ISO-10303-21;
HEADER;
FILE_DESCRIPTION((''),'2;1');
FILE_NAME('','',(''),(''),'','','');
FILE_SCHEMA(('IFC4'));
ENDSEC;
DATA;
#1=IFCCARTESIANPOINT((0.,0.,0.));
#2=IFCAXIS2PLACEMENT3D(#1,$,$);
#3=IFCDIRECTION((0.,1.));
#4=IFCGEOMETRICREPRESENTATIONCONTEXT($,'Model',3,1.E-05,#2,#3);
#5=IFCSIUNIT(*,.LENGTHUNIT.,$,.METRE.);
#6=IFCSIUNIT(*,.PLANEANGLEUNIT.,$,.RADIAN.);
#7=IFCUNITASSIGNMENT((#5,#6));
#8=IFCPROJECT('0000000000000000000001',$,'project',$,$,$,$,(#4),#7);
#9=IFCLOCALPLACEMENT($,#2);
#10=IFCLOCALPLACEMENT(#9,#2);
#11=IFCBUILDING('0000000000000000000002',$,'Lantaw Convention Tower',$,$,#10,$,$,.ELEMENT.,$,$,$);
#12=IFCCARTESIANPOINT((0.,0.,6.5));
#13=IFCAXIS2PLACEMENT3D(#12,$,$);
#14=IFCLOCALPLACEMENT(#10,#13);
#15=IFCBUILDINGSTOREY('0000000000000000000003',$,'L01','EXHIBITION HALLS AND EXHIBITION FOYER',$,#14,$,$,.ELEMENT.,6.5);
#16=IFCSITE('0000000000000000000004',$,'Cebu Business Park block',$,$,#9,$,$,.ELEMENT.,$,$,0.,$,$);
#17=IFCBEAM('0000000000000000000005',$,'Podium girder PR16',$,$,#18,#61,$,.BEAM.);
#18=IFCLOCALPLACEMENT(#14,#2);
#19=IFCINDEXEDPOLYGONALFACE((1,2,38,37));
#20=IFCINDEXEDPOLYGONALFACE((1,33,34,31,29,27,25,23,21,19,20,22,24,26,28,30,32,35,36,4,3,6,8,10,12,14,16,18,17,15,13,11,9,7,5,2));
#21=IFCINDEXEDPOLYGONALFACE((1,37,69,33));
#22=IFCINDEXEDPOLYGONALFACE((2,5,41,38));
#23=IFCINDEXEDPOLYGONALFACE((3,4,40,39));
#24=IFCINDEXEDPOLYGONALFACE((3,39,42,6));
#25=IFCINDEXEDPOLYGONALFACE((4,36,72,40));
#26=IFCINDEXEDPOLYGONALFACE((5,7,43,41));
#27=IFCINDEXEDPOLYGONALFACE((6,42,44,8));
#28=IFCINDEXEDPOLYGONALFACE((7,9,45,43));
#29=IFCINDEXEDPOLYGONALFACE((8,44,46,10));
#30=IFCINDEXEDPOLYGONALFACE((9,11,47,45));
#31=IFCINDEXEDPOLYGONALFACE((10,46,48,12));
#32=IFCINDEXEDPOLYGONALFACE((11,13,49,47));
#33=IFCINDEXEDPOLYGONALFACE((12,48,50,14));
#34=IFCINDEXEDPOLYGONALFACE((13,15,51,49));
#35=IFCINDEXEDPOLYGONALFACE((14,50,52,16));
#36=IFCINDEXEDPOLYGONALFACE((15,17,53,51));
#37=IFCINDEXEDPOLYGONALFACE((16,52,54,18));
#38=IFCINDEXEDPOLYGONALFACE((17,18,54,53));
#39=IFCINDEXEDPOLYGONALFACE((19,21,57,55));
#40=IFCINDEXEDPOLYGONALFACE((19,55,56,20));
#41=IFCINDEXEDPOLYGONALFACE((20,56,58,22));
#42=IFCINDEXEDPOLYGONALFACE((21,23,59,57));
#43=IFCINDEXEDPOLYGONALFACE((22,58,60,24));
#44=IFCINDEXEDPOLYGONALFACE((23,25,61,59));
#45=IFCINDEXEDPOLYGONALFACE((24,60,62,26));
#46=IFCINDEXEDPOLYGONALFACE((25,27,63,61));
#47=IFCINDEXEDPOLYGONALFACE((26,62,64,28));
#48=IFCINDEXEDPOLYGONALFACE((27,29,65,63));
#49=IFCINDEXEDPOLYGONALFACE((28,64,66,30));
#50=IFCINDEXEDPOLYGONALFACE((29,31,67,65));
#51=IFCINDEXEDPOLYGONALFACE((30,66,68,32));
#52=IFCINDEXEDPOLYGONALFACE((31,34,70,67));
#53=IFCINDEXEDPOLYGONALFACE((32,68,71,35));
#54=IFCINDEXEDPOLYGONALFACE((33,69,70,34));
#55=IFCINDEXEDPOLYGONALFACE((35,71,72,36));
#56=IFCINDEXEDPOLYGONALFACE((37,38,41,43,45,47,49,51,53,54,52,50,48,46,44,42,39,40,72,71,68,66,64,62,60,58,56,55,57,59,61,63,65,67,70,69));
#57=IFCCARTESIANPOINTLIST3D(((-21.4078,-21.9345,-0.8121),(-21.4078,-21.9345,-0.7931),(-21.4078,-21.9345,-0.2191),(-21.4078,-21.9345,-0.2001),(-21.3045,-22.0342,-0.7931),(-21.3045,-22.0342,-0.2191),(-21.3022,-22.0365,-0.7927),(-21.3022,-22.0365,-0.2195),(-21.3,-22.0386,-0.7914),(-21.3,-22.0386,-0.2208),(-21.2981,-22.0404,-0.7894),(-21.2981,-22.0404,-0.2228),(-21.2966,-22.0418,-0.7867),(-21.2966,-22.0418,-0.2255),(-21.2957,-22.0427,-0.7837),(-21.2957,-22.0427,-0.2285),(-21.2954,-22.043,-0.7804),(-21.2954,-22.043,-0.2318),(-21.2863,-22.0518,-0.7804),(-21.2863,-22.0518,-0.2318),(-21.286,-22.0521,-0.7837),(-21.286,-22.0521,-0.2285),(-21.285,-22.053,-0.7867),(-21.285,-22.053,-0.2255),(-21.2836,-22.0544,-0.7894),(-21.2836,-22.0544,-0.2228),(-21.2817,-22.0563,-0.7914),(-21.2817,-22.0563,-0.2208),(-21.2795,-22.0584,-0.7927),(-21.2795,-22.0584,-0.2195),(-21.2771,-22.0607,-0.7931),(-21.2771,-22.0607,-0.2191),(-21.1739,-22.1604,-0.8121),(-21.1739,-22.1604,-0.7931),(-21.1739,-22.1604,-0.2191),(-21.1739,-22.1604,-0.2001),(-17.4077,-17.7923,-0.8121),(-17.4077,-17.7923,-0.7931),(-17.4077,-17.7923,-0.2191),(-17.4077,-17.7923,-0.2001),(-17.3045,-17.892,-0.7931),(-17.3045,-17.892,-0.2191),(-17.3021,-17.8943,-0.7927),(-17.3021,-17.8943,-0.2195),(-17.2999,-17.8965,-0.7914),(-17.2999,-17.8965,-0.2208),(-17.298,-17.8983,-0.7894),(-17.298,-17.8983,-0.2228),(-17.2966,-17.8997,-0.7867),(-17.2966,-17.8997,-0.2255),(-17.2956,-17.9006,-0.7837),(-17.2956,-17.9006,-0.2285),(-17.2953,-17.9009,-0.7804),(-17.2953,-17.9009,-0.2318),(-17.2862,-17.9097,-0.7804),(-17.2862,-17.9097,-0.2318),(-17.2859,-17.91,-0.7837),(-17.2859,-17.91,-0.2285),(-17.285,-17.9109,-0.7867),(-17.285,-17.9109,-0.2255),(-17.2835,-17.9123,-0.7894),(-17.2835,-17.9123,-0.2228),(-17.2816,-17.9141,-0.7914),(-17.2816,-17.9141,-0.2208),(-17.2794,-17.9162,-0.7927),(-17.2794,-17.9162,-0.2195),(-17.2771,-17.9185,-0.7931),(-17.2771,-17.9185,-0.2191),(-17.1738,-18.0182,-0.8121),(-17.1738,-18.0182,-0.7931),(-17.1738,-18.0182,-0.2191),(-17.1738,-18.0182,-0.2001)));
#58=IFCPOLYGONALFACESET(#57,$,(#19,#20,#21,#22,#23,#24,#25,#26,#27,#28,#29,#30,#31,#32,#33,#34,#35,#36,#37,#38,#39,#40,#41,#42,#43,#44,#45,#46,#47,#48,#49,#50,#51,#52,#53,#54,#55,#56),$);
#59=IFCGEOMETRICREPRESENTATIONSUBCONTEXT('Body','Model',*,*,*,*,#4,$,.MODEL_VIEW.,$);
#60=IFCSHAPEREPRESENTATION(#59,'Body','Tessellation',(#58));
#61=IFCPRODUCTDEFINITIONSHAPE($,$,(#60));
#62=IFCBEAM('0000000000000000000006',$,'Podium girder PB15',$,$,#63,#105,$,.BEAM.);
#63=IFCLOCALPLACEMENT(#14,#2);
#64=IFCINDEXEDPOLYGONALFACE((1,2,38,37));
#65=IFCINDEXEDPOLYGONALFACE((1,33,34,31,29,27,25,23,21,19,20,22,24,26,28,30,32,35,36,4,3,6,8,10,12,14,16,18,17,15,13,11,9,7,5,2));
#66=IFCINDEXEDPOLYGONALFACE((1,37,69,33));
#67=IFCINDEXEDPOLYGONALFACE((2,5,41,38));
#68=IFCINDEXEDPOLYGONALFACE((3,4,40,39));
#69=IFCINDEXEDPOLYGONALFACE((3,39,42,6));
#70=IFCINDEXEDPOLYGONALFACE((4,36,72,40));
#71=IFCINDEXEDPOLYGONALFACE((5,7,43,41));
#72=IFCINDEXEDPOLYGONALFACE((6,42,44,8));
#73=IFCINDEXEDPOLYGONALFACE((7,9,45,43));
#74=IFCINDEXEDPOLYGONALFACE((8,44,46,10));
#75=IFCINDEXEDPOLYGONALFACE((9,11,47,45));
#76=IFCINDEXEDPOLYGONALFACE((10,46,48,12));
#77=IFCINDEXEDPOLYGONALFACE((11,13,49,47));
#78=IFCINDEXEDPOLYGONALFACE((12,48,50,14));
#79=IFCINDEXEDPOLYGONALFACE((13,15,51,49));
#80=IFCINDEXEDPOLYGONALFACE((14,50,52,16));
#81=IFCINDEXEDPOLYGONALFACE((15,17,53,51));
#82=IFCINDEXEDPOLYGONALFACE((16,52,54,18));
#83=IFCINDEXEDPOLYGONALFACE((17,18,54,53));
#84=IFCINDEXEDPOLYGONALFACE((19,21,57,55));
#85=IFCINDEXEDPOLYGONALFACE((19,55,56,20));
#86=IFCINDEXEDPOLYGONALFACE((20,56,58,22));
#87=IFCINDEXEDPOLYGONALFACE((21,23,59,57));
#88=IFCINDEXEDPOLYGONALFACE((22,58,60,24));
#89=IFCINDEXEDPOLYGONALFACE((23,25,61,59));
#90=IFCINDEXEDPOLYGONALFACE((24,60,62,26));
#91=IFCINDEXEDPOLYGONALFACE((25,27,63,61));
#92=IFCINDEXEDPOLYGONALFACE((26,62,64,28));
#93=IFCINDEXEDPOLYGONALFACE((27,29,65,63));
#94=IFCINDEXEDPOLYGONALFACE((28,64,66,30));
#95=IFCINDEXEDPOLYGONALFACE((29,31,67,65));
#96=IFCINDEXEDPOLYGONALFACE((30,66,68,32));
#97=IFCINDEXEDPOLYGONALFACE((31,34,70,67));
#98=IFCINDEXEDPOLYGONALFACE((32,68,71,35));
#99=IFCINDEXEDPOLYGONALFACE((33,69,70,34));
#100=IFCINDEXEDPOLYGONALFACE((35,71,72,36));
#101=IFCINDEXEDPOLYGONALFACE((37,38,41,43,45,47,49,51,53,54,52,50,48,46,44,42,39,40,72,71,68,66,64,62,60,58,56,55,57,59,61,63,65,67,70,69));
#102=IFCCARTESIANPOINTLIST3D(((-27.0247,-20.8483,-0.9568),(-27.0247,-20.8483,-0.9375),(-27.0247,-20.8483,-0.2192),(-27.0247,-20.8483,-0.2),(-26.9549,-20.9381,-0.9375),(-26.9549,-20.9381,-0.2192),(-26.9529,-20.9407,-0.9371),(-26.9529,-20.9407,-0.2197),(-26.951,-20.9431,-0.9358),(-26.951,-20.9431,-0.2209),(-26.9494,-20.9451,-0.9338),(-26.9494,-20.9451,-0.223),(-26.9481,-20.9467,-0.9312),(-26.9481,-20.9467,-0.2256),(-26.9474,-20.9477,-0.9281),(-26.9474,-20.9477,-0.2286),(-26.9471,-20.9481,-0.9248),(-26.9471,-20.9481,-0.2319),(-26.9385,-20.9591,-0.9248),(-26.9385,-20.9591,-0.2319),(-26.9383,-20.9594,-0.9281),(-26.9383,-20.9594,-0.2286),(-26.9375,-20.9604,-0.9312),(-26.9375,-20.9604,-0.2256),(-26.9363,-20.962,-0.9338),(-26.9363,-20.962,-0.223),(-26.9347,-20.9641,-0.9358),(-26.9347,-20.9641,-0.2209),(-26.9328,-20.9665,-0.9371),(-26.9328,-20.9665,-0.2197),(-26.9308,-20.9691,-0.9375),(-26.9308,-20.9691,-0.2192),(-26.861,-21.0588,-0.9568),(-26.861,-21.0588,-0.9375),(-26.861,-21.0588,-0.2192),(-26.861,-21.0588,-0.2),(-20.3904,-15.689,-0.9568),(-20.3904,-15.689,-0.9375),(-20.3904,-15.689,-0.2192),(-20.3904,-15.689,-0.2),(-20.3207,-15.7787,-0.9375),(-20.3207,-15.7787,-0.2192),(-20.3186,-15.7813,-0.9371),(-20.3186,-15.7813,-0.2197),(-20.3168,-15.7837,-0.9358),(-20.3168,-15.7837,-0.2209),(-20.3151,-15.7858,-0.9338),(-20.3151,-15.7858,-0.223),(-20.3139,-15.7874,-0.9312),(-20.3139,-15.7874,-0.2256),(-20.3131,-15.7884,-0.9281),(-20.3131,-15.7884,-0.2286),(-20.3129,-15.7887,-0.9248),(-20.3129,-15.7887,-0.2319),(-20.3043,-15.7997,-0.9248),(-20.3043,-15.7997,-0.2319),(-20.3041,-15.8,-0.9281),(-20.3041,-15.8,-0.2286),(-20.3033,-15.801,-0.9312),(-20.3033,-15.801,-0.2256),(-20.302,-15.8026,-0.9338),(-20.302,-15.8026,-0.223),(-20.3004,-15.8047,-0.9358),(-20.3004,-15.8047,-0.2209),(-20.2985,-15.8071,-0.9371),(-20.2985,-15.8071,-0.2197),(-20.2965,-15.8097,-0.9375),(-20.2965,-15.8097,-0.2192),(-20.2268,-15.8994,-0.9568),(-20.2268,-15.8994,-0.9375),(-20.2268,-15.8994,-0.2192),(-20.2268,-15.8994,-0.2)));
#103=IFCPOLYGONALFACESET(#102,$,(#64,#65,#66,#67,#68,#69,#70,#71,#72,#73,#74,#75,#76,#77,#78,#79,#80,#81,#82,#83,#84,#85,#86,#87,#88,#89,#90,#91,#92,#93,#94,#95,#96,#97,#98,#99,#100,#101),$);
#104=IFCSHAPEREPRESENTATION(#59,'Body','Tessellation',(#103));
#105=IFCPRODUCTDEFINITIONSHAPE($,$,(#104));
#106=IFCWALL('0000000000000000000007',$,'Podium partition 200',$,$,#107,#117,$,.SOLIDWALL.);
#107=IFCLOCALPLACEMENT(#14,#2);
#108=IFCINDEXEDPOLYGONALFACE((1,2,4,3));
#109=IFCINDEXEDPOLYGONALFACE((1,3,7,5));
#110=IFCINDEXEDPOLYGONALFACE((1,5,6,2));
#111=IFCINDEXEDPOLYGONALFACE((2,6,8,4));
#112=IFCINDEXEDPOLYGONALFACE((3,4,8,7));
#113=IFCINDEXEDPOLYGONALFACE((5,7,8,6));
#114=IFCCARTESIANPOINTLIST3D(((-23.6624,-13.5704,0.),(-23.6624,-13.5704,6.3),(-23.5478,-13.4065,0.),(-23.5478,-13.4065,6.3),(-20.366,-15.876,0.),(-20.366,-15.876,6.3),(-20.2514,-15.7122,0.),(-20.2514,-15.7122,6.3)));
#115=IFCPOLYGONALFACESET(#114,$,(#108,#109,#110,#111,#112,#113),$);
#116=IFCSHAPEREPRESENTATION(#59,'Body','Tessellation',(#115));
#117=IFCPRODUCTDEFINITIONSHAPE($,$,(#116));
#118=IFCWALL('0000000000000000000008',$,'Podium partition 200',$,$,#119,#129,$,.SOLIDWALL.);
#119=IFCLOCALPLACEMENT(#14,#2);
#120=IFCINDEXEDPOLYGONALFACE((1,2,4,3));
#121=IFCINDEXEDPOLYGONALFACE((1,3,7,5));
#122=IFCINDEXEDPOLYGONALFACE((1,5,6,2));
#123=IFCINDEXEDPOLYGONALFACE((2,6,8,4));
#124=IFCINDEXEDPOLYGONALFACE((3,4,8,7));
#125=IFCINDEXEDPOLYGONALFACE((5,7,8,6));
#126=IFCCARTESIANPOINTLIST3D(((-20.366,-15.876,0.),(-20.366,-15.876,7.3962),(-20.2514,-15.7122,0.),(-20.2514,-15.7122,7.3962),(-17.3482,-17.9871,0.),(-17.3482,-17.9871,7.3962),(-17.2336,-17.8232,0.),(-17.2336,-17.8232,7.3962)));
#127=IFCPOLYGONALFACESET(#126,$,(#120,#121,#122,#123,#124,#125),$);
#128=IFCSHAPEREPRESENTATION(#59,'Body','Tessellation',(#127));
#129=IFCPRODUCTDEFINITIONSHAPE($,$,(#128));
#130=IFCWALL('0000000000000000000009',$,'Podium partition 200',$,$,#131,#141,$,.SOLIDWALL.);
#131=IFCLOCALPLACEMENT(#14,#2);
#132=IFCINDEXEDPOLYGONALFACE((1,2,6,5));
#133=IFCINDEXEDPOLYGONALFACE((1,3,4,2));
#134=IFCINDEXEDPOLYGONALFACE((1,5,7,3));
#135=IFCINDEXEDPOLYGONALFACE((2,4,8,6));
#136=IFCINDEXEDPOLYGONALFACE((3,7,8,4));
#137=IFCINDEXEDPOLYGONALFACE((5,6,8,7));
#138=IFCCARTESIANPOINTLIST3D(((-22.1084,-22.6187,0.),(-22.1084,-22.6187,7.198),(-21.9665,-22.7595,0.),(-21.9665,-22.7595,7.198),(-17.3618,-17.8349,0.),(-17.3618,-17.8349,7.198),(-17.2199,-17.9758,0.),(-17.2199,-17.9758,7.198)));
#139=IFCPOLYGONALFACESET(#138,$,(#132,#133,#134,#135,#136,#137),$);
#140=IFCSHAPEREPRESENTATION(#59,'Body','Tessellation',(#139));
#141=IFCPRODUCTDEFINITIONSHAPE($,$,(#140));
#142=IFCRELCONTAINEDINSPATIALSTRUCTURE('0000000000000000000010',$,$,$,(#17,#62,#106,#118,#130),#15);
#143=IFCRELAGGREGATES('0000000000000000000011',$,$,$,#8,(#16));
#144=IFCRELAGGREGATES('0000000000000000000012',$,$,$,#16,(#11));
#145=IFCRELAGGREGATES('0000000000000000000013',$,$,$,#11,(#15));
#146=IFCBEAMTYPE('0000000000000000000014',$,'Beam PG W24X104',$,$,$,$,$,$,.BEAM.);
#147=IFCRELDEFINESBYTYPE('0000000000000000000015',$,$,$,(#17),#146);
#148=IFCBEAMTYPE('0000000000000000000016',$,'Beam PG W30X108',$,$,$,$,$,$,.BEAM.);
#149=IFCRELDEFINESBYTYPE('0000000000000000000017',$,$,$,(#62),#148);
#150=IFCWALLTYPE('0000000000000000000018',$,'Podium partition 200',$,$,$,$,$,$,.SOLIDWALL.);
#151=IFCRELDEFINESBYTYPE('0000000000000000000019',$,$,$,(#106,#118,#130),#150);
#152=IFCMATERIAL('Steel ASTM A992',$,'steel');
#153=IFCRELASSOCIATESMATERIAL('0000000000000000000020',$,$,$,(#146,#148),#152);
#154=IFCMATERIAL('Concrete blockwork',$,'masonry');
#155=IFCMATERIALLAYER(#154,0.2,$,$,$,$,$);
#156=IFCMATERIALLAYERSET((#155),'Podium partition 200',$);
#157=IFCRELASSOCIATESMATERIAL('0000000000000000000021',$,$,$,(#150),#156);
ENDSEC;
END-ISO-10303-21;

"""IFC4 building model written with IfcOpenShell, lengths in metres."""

from ifc_helpers import new_model, si_unit, direction, frame, frame_2d, origin, origin_2d, place, context, subcontext, project, spatial, rectangle, i_section, extrude, material, layer, layer_set, material_profile, profile_set, type_object, element, save


model = new_model("IFC4")

# Units and contexts
model_context = context("Model", 3, precision=1e-05, world=origin(), true_north=direction((0.0, 1.0)))
body_context = subcontext(model_context, "Body", "Model", "MODEL_VIEW")
ifc_project = project(units=[si_unit("LENGTHUNIT", "METRE"), si_unit("PLANEANGLEUNIT", "RADIAN")], contexts=[model_context])

# Site, building, storey
site_placement = place(None, origin())
site = spatial("IfcSite", under=ifc_project, at=site_placement, Name="Cebu Business Park block", CompositionType="ELEMENT", RefElevation=0.0)
building_placement = place(site_placement, origin())
building = spatial("IfcBuilding", under=site, at=building_placement, Name="Lantaw Convention Tower", CompositionType="ELEMENT")
storey_placement = place(building_placement, frame((0.0, 0.0, 6.5)))
storey = spatial("IfcBuildingStorey", under=building, at=storey_placement, Name="L01", Description="EXHIBITION HALLS AND EXHIBITION FOYER", CompositionType="ELEMENT", Elevation=6.5)

# Beams
ifc_material_1 = material(Name="Steel ASTM A992", Category="steel")
ifc_material_profile_1 = material_profile(ifc_material_1, i_section(OverallWidth=0.3252, OverallDepth=0.6121, WebThickness=0.0127, FlangeThickness=0.019, FilletRadius=0.0127, at=origin_2d()), Name="W24X104")
ifc_profile_set_1 = profile_set([ifc_material_profile_1], Name="Steel ASTM A992")
beam_type_1 = type_object("IfcBeamType", Name="Beam PG W24X104", PredefinedType="BEAM", material=ifc_profile_set_1)
beam_1_placement = place(storey_placement, frame((-17.2908, -17.9053, -0.5061), z_axis=(-0.694661, -0.719337, 0.0), x_axis=(0.719337, -0.694661, 0.0)))
element("IfcBeam", 1, at=beam_1_placement, inside=storey, type_object=beam_type_1, Name="Podium girder PR16", PredefinedType="BEAM", context=body_context, shape_type="SweptSolid", body=[
    extrude(i_section(OverallWidth=0.3252, OverallDepth=0.6121, WebThickness=0.0127, FlangeThickness=0.019, FilletRadius=0.0127, at=origin_2d()), origin(), (0.0, 0.0, 1.0), 5.7583),
])
ifc_material_profile_2 = material_profile(ifc_material_1, i_section(OverallWidth=0.2666, OverallDepth=0.7568, WebThickness=0.0139, FlangeThickness=0.0193, FilletRadius=0.0127, at=origin_2d()), Name="W30X108")
ifc_profile_set_2 = profile_set([ifc_material_profile_2], Name="Steel ASTM A992")
beam_type_2 = type_object("IfcBeamType", Name="Beam PG W30X108", PredefinedType="BEAM", material=ifc_profile_set_2)
beam_2_placement = place(storey_placement, frame((-20.3086, -15.7942, -0.5784), z_axis=(-0.789385, -0.613898, 0.0), x_axis=(0.613898, -0.789385, 0.0)))
element("IfcBeam", 2, at=beam_2_placement, inside=storey, type_object=beam_type_2, Name="Podium girder PB15", PredefinedType="BEAM", context=body_context, shape_type="SweptSolid", body=[
    extrude(i_section(OverallWidth=0.2666, OverallDepth=0.7568, WebThickness=0.0139, FlangeThickness=0.0193, FilletRadius=0.0127, at=origin_2d()), origin(), (0.0, 0.0, 1.0), 8.4043),
])

# Walls
ifc_material_2 = material(Name="Concrete blockwork", Category="masonry")
ifc_layer = layer(ifc_material_2, 0.2)
ifc_layer_set = layer_set([ifc_layer], Name="Podium partition 200")
wall_type = type_object("IfcWallType", Name="Podium partition 200", PredefinedType="SOLIDWALL", material=ifc_layer_set)
wall_1_placement = place(storey_placement, frame((-23.605, -13.4885, 0.0), z_axis=(0.0, 0.0, 1.0), x_axis=(0.819443, -0.573161, 0.0)))
element("IfcWall", 3, at=wall_1_placement, inside=storey, type_object=wall_type, Name="Podium partition 200", PredefinedType="SOLIDWALL", context=body_context, shape_type="SweptSolid", body=[
    extrude(rectangle(XDim=4.0227, YDim=0.2, at=frame_2d((2.0112, 0.0))), origin(), (0.0, 0.0, 1.0), 6.3),
])
wall_2_placement = place(storey_placement, frame((-20.3086, -15.7942, 0.0), z_axis=(0.0, 0.0, 1.0), x_axis=(0.819409, -0.573209, 0.0)))
element("IfcWall", 4, at=wall_2_placement, inside=storey, type_object=wall_type, Name="Podium partition 200", PredefinedType="SOLIDWALL", context=body_context, shape_type="SweptSolid", body=[
    extrude(rectangle(XDim=3.6829, YDim=0.2, at=frame_2d((1.8413, 0.0))), origin(), (0.0, 0.0, 1.0), 7.3962),
])
wall_3_placement = place(storey_placement, frame((-17.2908, -17.9053, 0.0), z_axis=(0.0, 0.0, 1.0), x_axis=(-0.704348, -0.709855, 0.0)))
element("IfcWall", 5, at=wall_3_placement, inside=storey, type_object=wall_type, Name="Podium partition 200", PredefinedType="SOLIDWALL", context=body_context, shape_type="SweptSolid", body=[
    extrude(rectangle(XDim=6.739, YDim=0.2, at=frame_2d((3.3696, 0.0))), origin(), (0.0, 0.0, 1.0), 7.198),
])

save(model, "model.ifc")
